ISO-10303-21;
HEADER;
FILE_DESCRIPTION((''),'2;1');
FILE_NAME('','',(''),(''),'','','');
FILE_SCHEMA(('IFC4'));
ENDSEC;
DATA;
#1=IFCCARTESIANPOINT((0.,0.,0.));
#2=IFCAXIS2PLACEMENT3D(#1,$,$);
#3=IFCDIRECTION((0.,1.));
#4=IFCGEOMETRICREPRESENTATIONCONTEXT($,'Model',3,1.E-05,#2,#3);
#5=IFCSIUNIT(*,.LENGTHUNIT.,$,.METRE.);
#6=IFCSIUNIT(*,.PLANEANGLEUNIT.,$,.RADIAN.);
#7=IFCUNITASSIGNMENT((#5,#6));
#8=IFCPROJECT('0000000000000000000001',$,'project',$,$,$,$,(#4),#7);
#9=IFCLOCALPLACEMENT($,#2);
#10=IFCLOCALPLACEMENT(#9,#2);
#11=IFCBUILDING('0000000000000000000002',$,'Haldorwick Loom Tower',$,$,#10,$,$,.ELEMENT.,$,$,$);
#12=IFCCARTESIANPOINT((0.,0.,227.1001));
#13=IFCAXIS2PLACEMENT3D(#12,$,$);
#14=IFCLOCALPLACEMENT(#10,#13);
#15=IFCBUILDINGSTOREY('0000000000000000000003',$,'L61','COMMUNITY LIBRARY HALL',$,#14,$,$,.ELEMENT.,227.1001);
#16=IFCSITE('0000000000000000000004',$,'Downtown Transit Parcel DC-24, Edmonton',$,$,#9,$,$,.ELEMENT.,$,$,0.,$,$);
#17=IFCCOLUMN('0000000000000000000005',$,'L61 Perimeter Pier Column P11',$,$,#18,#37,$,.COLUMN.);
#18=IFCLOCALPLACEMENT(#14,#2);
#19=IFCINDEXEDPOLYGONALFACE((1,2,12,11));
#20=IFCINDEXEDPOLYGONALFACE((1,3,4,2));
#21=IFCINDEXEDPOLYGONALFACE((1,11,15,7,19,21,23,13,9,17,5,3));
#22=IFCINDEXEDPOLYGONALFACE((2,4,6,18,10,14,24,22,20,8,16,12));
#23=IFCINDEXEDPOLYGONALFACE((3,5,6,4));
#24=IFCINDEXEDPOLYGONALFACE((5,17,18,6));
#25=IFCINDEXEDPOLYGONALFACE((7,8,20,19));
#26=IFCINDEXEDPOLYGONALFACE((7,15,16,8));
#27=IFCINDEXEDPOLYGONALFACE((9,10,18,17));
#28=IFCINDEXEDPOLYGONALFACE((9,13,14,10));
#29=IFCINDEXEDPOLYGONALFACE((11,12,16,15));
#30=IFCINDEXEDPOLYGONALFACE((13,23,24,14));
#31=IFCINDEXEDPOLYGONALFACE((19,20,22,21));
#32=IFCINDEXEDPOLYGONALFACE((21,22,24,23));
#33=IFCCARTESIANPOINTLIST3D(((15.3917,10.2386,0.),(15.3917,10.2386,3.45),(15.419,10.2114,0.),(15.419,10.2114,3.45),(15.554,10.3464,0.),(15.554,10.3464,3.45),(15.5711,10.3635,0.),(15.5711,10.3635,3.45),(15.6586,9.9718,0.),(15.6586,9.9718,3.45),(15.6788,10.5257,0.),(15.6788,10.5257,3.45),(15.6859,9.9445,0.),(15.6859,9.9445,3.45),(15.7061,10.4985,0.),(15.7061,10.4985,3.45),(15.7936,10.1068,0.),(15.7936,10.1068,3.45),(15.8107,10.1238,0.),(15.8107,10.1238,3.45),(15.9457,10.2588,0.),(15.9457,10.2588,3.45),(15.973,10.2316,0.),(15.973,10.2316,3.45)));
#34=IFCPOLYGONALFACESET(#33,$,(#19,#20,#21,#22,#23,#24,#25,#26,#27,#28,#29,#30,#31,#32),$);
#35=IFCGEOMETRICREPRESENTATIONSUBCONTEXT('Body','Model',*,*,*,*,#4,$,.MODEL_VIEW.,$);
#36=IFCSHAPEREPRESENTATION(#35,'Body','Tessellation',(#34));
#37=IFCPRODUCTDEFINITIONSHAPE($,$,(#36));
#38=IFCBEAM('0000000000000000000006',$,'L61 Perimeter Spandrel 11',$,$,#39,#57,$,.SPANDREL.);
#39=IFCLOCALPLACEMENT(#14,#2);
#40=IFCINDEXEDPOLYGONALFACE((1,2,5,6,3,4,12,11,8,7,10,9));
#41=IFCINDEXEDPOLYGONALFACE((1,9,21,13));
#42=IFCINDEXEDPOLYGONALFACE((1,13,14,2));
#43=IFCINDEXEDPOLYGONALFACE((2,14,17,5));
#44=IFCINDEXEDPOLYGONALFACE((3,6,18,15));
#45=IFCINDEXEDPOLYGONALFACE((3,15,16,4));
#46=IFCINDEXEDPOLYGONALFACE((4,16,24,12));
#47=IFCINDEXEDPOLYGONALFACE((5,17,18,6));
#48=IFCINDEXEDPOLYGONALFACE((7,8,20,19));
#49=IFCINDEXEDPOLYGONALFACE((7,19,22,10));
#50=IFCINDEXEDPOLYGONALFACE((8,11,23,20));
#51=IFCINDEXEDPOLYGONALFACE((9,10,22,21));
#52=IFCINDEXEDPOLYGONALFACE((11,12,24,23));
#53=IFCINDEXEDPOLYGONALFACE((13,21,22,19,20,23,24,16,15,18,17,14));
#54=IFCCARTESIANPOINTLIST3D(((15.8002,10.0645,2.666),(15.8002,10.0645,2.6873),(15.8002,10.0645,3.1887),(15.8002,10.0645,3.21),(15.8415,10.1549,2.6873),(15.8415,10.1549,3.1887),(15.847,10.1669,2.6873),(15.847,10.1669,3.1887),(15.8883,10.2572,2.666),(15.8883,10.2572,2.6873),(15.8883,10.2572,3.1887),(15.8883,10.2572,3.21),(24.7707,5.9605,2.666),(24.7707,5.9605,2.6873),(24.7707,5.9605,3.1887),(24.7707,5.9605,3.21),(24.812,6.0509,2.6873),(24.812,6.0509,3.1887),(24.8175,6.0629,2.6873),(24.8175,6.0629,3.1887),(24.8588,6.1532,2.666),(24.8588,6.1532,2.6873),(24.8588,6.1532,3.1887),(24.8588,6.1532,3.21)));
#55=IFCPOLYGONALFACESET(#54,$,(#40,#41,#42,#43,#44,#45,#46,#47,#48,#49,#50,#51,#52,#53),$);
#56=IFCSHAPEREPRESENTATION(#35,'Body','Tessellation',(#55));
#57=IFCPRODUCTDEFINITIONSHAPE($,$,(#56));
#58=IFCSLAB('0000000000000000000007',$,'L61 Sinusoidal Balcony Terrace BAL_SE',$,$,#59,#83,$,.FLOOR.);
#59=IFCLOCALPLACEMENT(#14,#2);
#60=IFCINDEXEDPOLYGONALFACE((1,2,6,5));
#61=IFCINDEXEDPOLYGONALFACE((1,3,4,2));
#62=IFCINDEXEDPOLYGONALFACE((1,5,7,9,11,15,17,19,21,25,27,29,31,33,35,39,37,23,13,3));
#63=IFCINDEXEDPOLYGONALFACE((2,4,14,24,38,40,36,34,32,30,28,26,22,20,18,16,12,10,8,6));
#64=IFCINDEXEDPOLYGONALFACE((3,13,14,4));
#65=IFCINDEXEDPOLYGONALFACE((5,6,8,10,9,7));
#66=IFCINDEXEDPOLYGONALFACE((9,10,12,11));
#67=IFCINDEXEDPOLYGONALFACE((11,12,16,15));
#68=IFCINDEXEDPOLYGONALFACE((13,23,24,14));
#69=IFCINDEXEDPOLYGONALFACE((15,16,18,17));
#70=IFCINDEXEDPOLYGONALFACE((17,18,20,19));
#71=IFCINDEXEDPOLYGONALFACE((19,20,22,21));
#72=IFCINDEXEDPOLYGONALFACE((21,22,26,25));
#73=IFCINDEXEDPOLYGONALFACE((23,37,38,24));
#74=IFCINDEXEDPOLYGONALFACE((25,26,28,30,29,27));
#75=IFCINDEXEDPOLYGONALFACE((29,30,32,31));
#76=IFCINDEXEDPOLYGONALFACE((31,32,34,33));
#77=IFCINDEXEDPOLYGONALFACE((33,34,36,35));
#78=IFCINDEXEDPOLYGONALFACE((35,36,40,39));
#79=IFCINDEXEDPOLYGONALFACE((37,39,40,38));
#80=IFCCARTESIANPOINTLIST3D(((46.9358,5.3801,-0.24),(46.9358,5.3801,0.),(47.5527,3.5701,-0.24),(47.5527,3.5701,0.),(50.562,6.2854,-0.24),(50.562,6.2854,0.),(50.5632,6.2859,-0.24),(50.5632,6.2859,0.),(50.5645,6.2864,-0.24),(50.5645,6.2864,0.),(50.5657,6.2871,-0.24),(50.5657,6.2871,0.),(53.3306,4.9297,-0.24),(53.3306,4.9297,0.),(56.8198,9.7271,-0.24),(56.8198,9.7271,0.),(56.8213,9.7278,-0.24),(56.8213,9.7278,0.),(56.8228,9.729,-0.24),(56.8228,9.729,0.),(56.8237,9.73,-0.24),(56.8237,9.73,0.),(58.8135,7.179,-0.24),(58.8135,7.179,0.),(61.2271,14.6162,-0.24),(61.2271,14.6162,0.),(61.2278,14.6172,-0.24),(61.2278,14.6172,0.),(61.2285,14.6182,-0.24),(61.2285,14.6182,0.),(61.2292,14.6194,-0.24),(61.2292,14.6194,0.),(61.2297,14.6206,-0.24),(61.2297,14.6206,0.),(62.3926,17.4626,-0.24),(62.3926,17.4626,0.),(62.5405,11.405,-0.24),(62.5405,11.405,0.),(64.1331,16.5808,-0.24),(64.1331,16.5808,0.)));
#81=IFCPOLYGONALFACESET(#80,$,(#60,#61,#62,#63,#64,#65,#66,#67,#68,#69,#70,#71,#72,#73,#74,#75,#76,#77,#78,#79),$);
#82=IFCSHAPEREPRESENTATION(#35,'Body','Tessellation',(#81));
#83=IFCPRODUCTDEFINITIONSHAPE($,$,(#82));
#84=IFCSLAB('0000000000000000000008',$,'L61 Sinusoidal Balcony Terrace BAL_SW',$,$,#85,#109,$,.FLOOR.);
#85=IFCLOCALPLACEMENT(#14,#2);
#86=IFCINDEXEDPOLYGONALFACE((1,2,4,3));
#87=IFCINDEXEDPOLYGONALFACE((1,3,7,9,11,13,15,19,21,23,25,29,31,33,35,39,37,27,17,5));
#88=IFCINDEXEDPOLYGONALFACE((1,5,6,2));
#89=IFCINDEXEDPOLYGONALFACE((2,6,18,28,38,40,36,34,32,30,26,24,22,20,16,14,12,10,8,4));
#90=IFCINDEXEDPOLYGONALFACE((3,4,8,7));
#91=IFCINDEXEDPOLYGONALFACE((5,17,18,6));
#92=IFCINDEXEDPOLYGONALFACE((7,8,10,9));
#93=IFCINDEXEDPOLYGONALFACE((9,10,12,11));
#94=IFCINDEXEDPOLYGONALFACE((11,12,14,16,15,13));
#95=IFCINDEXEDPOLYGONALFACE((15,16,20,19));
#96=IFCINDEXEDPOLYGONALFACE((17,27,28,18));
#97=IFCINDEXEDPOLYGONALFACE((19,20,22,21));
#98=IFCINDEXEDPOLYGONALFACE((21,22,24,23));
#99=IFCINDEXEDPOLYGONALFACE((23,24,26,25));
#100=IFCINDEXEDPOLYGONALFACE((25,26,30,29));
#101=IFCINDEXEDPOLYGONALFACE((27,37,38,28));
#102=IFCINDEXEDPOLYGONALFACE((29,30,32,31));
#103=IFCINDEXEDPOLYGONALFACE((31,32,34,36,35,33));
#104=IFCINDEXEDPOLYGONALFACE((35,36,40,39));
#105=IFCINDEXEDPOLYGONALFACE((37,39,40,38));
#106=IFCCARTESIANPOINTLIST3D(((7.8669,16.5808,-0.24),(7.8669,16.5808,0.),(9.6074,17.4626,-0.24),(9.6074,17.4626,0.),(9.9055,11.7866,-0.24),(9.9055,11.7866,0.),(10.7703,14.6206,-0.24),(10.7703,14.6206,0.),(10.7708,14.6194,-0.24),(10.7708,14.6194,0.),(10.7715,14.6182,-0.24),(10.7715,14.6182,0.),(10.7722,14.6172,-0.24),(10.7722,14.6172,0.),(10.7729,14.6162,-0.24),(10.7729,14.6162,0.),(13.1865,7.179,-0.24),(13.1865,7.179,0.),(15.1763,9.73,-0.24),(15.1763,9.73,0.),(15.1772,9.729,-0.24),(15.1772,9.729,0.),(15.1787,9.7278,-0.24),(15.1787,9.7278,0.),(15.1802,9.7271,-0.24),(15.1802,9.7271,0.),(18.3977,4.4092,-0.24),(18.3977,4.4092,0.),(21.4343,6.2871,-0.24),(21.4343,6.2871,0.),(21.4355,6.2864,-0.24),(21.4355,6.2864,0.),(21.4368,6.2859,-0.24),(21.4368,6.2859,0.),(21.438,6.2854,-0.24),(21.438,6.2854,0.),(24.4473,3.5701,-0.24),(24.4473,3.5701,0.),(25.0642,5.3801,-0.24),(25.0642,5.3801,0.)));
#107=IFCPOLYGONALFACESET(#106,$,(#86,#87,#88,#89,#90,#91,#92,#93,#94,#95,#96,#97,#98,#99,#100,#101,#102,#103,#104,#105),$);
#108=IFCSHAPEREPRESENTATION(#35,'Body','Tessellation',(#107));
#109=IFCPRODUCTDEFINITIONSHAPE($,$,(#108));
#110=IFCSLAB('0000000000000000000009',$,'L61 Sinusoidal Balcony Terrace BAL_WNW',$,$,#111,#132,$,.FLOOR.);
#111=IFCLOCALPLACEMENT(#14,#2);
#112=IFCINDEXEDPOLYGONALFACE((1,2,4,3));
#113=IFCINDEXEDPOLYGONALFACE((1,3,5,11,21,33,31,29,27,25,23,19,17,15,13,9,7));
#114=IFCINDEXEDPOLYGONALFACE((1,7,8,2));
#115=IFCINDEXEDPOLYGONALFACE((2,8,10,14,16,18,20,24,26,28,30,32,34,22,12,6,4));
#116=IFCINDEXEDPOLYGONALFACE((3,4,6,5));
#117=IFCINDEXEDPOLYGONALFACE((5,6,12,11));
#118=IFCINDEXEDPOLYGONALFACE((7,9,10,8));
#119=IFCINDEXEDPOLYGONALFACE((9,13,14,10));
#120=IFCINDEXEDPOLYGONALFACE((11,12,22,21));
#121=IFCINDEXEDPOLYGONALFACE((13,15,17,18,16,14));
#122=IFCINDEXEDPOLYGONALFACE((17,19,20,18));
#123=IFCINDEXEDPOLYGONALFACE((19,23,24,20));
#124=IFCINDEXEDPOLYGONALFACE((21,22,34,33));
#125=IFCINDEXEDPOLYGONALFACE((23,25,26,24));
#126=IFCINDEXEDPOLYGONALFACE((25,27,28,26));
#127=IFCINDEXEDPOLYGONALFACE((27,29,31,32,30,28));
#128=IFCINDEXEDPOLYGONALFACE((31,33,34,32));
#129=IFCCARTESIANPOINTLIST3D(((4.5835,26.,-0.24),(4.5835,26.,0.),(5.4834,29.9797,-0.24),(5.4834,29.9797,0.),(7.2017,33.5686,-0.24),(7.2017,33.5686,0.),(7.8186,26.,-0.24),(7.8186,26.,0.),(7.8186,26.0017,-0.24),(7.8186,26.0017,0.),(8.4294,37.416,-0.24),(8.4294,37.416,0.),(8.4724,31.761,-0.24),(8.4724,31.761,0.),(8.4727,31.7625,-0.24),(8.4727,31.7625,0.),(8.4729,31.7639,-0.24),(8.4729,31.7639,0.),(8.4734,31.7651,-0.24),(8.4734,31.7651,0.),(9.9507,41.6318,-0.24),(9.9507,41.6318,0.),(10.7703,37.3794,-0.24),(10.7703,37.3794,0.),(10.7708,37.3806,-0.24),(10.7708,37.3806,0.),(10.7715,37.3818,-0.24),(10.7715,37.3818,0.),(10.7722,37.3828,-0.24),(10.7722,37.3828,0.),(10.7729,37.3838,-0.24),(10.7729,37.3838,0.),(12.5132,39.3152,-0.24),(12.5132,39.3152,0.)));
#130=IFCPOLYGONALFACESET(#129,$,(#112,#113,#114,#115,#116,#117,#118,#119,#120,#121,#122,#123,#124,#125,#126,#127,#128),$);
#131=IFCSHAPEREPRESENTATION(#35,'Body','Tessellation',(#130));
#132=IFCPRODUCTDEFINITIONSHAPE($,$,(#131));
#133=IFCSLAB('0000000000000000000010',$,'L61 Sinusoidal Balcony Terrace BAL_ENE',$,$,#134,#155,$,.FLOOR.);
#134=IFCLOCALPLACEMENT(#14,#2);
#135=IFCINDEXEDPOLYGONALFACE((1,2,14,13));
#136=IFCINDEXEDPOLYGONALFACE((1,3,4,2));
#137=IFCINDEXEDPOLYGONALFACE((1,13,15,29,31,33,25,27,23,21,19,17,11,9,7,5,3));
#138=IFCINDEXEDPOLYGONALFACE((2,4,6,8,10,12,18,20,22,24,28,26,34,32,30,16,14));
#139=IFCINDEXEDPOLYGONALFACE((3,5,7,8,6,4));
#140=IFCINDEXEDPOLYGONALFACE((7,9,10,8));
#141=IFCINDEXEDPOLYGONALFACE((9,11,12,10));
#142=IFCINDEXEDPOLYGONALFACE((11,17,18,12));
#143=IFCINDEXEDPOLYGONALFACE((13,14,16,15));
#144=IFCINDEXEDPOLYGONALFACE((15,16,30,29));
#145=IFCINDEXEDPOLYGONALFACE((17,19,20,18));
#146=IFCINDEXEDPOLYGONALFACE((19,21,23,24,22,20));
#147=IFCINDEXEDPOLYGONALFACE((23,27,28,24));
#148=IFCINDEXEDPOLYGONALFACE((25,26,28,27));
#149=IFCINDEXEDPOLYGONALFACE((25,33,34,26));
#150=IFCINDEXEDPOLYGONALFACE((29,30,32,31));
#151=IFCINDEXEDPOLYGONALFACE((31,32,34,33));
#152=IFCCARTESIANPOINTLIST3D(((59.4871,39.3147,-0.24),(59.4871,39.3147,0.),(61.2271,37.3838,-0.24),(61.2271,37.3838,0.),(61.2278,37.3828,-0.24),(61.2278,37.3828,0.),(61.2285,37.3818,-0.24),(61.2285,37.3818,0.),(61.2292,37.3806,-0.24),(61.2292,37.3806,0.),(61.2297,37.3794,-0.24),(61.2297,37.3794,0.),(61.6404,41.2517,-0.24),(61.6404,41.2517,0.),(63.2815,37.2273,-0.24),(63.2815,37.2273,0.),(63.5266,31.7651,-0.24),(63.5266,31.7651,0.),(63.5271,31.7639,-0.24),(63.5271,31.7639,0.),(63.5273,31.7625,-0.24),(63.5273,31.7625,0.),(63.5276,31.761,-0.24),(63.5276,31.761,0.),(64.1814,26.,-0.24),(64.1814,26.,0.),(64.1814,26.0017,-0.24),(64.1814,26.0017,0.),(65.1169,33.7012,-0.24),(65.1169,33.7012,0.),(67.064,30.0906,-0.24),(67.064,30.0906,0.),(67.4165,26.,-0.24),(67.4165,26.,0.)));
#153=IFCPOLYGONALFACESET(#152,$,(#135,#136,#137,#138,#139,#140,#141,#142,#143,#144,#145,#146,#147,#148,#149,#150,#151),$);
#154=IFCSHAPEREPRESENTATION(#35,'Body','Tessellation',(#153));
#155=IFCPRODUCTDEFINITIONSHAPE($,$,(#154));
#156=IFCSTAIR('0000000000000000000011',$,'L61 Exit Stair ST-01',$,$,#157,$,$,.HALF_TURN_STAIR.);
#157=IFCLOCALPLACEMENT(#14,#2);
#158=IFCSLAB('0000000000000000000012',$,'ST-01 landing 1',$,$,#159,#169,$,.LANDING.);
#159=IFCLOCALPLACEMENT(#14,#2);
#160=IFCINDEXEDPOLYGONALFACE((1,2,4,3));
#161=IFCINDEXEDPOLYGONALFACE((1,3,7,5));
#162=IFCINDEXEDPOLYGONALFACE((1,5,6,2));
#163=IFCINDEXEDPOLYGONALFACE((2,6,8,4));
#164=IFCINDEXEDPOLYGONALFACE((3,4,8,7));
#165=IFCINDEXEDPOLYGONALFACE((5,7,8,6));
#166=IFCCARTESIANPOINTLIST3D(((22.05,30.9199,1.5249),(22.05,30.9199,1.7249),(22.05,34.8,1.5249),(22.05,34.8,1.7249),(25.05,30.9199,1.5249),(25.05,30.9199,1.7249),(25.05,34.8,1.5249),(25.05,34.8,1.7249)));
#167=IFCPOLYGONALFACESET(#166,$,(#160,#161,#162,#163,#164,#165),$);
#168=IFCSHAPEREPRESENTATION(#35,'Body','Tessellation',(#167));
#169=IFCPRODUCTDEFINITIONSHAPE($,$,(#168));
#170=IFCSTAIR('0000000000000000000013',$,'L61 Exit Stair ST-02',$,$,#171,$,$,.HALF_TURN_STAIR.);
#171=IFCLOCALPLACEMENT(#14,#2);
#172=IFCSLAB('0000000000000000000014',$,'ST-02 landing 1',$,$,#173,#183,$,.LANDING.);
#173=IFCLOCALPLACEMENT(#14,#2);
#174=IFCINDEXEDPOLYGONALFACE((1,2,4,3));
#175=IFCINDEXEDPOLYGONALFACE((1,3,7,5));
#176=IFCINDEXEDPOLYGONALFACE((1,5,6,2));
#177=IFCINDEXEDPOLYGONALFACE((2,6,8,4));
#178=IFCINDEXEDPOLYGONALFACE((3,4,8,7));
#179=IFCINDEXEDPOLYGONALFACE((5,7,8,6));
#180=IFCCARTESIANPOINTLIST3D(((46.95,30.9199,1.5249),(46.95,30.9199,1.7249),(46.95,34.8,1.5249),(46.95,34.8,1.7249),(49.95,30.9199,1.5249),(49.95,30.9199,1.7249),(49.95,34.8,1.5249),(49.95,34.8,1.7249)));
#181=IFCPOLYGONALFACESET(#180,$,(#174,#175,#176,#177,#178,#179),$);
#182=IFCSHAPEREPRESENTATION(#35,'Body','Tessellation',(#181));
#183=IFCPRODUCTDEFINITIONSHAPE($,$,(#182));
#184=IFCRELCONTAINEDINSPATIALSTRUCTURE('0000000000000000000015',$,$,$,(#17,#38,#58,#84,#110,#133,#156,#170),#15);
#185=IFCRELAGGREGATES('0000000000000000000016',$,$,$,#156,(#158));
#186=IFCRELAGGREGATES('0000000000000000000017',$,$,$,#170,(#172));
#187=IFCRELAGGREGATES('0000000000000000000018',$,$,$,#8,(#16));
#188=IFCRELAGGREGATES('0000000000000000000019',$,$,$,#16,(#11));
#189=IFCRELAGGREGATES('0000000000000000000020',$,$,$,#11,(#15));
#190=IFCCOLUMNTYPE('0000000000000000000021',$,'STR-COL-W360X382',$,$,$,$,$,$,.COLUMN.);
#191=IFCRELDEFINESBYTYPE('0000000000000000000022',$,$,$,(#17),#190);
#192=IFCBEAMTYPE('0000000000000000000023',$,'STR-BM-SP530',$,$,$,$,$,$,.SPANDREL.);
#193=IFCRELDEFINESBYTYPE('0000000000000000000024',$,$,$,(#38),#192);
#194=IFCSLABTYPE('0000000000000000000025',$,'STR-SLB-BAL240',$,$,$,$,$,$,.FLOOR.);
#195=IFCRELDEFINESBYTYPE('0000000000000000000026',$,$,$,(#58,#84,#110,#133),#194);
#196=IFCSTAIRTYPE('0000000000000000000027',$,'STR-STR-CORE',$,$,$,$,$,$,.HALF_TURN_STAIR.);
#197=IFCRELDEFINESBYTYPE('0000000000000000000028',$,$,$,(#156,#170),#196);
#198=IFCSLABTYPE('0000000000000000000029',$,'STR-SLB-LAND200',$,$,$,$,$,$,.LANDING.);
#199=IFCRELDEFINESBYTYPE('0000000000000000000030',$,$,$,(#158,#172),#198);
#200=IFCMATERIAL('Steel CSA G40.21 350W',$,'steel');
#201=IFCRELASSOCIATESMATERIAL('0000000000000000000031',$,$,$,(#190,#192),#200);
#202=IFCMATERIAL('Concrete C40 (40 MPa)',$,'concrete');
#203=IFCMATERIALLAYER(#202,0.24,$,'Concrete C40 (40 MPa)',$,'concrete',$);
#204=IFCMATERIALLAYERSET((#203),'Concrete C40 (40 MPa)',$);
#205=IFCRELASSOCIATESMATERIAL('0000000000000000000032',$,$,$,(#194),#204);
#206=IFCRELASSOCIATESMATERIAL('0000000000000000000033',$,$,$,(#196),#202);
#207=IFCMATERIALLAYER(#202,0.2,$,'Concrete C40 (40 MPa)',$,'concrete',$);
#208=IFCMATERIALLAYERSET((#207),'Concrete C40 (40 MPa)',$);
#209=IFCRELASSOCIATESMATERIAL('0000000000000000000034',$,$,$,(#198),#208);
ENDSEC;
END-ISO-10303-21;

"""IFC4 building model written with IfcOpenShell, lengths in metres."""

from ifc_helpers import new_model, si_unit, direction, frame, origin, origin_2d, place, context, subcontext, project, spatial, polyline, i_section, outline, extrude, material, layer, layer_set, material_profile, profile_set, type_object, element, aggregate, save


model = new_model("IFC4")

# Units and contexts
model_context = context("Model", 3, precision=1e-05, world=origin(), true_north=direction((0.0, 1.0)))
body_context = subcontext(model_context, "Body", "Model", "MODEL_VIEW")
ifc_project = project(units=[si_unit("LENGTHUNIT", "METRE"), si_unit("PLANEANGLEUNIT", "RADIAN")], contexts=[model_context])

# Site, building, storey
site_placement = place(None, origin())
site = spatial("IfcSite", under=ifc_project, at=site_placement, Name="Downtown Transit Parcel DC-24, Edmonton", CompositionType="ELEMENT", RefElevation=0.0)
building_placement = place(site_placement, origin())
building = spatial("IfcBuilding", under=site, at=building_placement, Name="Haldorwick Loom Tower", CompositionType="ELEMENT")
storey_placement = place(building_placement, frame((0.0, 0.0, 227.1001)))
storey = spatial("IfcBuildingStorey", under=building, at=storey_placement, Name="L61", Description="COMMUNITY LIBRARY HALL", CompositionType="ELEMENT", Elevation=227.1001)

# Column
ifc_material_1 = material(Name="Steel CSA G40.21 350W", Category="steel")
ifc_material_profile_1 = material_profile(ifc_material_1, i_section(OverallWidth=0.406, OverallDepth=0.416, WebThickness=0.0242, FlangeThickness=0.0386, at=origin_2d()), Name="W360X382", Category="steel")
ifc_profile_set_1 = profile_set([ifc_material_profile_1], Name="Steel CSA G40.21 350W")
column_type = type_object("IfcColumnType", Name="STR-COL-W360X382", PredefinedType="COLUMN", material=ifc_profile_set_1)
column_placement = place(storey_placement, frame((15.6824, 10.2351, 0.0), z_axis=(0.0, 0.0, 1.0), x_axis=(-0.707107, -0.707107, 0.0)))
element("IfcColumn", 1, at=column_placement, inside=storey, type_object=column_type, Name="L61 Perimeter Pier Column P11", PredefinedType="COLUMN", context=body_context, shape_type="SweptSolid", body=[
    extrude(i_section(OverallWidth=0.406, OverallDepth=0.416, WebThickness=0.0242, FlangeThickness=0.0386, at=origin_2d()), origin(), (0.0, 0.0, 1.0), 3.45),
])

# Beam
ifc_material_profile_2 = material_profile(ifc_material_1, i_section(OverallWidth=0.2119, OverallDepth=0.5439, WebThickness=0.0132, FlangeThickness=0.0212, at=origin_2d()), Name="W530X123", Category="steel")
ifc_profile_set_2 = profile_set([ifc_material_profile_2], Name="Steel CSA G40.21 350W")
beam_type = type_object("IfcBeamType", Name="STR-BM-SP530", PredefinedType="SPANDREL", material=ifc_profile_set_2)
beam_placement = place(storey_placement, frame((15.8442, 10.1609, 2.938), z_axis=(0.909351, -0.41603, 0.0), x_axis=(0.41603, 0.909351, 0.0)))
element("IfcBeam", 2, at=beam_placement, inside=storey, type_object=beam_type, Name="L61 Perimeter Spandrel 11", PredefinedType="SPANDREL", context=body_context, shape_type="SweptSolid", body=[
    extrude(i_section(OverallWidth=0.2119, OverallDepth=0.5439, WebThickness=0.0132, FlangeThickness=0.0212, at=origin_2d()), origin(), (0.0, 0.0, 1.0), 9.8647),
])

# Slabs
ifc_material_2 = material(Name="Concrete C40 (40 MPa)", Category="concrete")
ifc_layer_1 = layer(ifc_material_2, 0.24, Name="Concrete C40 (40 MPa)", Category="concrete")
ifc_layer_set_1 = layer_set([ifc_layer_1], Name="Concrete C40 (40 MPa)")
slab_type_1 = type_object("IfcSlabType", Name="STR-SLB-BAL240", PredefinedType="FLOOR", material=ifc_layer_set_1)
slab_1_placement = place(storey_placement, frame((0.0, 0.0, -0.24)))
element("IfcSlab", 3, at=slab_1_placement, inside=storey, type_object=slab_type_1, Name="L61 Sinusoidal Balcony Terrace BAL_SE", PredefinedType="FLOOR", context=body_context, shape_type="SweptSolid", body=[
    extrude(outline(polyline([(62.3926, 17.4626), (61.2297, 14.6206), (61.2292, 14.6194), (61.2285, 14.6182), (61.2278, 14.6172), (61.2271, 14.6162), (56.8237, 9.73), (56.8228, 9.729), (56.8213, 9.7278), (56.8198, 9.7271), (50.5657, 6.2871), (50.5645, 6.2864), (50.5632, 6.2859), (50.562, 6.2854), (46.9358, 5.3801), (47.5527, 3.5701), (53.3306, 4.9297), (58.8135, 7.179), (62.5405, 11.405), (64.1331, 16.5808), (62.3926, 17.4626)])), origin(), (0.0, 0.0, 1.0), 0.24),
])
slab_2_placement = place(storey_placement, frame((0.0, 0.0, -0.24)))
element("IfcSlab", 4, at=slab_2_placement, inside=storey, type_object=slab_type_1, Name="L61 Sinusoidal Balcony Terrace BAL_SW", PredefinedType="FLOOR", context=body_context, shape_type="SweptSolid", body=[
    extrude(outline(polyline([(25.0642, 5.3801), (21.438, 6.2854), (21.4368, 6.2859), (21.4355, 6.2864), (21.4343, 6.2871), (15.1802, 9.7271), (15.1787, 9.7278), (15.1772, 9.729), (15.1763, 9.73), (10.7729, 14.6162), (10.7722, 14.6172), (10.7715, 14.6182), (10.7708, 14.6194), (10.7703, 14.6206), (9.6074, 17.4626), (7.8669, 16.5808), (9.9055, 11.7866), (13.1865, 7.179), (18.3977, 4.4092), (24.4473, 3.5701), (25.0642, 5.3801)])), origin(), (0.0, 0.0, 1.0), 0.24),
])
slab_3_placement = place(storey_placement, frame((0.0, 0.0, -0.24)))
element("IfcSlab", 5, at=slab_3_placement, inside=storey, type_object=slab_type_1, Name="L61 Sinusoidal Balcony Terrace BAL_WNW", PredefinedType="FLOOR", context=body_context, shape_type="SweptSolid", body=[
    extrude(outline(polyline([(7.8186, 26.0), (7.8186, 26.0017), (8.4724, 31.761), (8.4727, 31.7625), (8.4729, 31.7639), (8.4734, 31.7651), (10.7703, 37.3794), (10.7708, 37.3806), (10.7715, 37.3818), (10.7722, 37.3828), (10.7729, 37.3838), (12.5132, 39.3152), (9.9507, 41.6318), (8.4294, 37.416), (7.2017, 33.5686), (5.4834, 29.9797), (4.5835, 26.0), (7.8186, 26.0)])), origin(), (0.0, 0.0, 1.0), 0.24),
])
slab_4_placement = place(storey_placement, frame((0.0, 0.0, -0.24)))
element("IfcSlab", 6, at=slab_4_placement, inside=storey, type_object=slab_type_1, Name="L61 Sinusoidal Balcony Terrace BAL_ENE", PredefinedType="FLOOR", context=body_context, shape_type="SweptSolid", body=[
    extrude(outline(polyline([(59.4871, 39.3147), (61.2271, 37.3838), (61.2278, 37.3828), (61.2285, 37.3818), (61.2292, 37.3806), (61.2297, 37.3794), (63.5266, 31.7651), (63.5271, 31.7639), (63.5273, 31.7625), (63.5276, 31.761), (64.1814, 26.0017), (64.1814, 26.0), (67.4165, 26.0), (67.064, 30.0906), (65.1169, 33.7012), (63.2815, 37.2273), (61.6404, 41.2517), (59.4871, 39.3147)])), origin(), (0.0, 0.0, 1.0), 0.24),
])

# Stairs, slabs
stair_type = type_object("IfcStairType", Name="STR-STR-CORE", PredefinedType="HALF_TURN_STAIR", material=ifc_material_2)
stair_1_placement = place(storey_placement, origin())
stair_1 = element("IfcStair", 7, at=stair_1_placement, inside=storey, type_object=stair_type, Name="L61 Exit Stair ST-01", PredefinedType="HALF_TURN_STAIR")
ifc_layer_2 = layer(ifc_material_2, 0.2, Name="Concrete C40 (40 MPa)", Category="concrete")
ifc_layer_set_2 = layer_set([ifc_layer_2], Name="Concrete C40 (40 MPa)")
slab_type_2 = type_object("IfcSlabType", Name="STR-SLB-LAND200", PredefinedType="LANDING", material=ifc_layer_set_2)
slab_5_placement = place(storey_placement, frame((0.0, 0.0, 1.5249)))
slab_5 = element("IfcSlab", 8, at=slab_5_placement, type_object=slab_type_2, Name="ST-01 landing 1", PredefinedType="LANDING", context=body_context, shape_type="SweptSolid", body=[
    extrude(outline(polyline([(25.05, 30.9199), (25.05, 34.8), (22.05, 34.8), (22.05, 30.9199), (25.05, 30.9199)])), origin(), (0.0, 0.0, 1.0), 0.2),
])
aggregate(stair_1, [slab_5])
stair_2_placement = place(storey_placement, origin())
stair_2 = element("IfcStair", 9, at=stair_2_placement, inside=storey, type_object=stair_type, Name="L61 Exit Stair ST-02", PredefinedType="HALF_TURN_STAIR")
slab_6_placement = place(storey_placement, frame((0.0, 0.0, 1.5249)))
slab_6 = element("IfcSlab", 10, at=slab_6_placement, type_object=slab_type_2, Name="ST-02 landing 1", PredefinedType="LANDING", context=body_context, shape_type="SweptSolid", body=[
    extrude(outline(polyline([(49.95, 30.9199), (49.95, 34.8), (46.95, 34.8), (46.95, 30.9199), (49.95, 30.9199)])), origin(), (0.0, 0.0, 1.0), 0.2),
])
aggregate(stair_2, [slab_6])

save(model, "model.ifc")
